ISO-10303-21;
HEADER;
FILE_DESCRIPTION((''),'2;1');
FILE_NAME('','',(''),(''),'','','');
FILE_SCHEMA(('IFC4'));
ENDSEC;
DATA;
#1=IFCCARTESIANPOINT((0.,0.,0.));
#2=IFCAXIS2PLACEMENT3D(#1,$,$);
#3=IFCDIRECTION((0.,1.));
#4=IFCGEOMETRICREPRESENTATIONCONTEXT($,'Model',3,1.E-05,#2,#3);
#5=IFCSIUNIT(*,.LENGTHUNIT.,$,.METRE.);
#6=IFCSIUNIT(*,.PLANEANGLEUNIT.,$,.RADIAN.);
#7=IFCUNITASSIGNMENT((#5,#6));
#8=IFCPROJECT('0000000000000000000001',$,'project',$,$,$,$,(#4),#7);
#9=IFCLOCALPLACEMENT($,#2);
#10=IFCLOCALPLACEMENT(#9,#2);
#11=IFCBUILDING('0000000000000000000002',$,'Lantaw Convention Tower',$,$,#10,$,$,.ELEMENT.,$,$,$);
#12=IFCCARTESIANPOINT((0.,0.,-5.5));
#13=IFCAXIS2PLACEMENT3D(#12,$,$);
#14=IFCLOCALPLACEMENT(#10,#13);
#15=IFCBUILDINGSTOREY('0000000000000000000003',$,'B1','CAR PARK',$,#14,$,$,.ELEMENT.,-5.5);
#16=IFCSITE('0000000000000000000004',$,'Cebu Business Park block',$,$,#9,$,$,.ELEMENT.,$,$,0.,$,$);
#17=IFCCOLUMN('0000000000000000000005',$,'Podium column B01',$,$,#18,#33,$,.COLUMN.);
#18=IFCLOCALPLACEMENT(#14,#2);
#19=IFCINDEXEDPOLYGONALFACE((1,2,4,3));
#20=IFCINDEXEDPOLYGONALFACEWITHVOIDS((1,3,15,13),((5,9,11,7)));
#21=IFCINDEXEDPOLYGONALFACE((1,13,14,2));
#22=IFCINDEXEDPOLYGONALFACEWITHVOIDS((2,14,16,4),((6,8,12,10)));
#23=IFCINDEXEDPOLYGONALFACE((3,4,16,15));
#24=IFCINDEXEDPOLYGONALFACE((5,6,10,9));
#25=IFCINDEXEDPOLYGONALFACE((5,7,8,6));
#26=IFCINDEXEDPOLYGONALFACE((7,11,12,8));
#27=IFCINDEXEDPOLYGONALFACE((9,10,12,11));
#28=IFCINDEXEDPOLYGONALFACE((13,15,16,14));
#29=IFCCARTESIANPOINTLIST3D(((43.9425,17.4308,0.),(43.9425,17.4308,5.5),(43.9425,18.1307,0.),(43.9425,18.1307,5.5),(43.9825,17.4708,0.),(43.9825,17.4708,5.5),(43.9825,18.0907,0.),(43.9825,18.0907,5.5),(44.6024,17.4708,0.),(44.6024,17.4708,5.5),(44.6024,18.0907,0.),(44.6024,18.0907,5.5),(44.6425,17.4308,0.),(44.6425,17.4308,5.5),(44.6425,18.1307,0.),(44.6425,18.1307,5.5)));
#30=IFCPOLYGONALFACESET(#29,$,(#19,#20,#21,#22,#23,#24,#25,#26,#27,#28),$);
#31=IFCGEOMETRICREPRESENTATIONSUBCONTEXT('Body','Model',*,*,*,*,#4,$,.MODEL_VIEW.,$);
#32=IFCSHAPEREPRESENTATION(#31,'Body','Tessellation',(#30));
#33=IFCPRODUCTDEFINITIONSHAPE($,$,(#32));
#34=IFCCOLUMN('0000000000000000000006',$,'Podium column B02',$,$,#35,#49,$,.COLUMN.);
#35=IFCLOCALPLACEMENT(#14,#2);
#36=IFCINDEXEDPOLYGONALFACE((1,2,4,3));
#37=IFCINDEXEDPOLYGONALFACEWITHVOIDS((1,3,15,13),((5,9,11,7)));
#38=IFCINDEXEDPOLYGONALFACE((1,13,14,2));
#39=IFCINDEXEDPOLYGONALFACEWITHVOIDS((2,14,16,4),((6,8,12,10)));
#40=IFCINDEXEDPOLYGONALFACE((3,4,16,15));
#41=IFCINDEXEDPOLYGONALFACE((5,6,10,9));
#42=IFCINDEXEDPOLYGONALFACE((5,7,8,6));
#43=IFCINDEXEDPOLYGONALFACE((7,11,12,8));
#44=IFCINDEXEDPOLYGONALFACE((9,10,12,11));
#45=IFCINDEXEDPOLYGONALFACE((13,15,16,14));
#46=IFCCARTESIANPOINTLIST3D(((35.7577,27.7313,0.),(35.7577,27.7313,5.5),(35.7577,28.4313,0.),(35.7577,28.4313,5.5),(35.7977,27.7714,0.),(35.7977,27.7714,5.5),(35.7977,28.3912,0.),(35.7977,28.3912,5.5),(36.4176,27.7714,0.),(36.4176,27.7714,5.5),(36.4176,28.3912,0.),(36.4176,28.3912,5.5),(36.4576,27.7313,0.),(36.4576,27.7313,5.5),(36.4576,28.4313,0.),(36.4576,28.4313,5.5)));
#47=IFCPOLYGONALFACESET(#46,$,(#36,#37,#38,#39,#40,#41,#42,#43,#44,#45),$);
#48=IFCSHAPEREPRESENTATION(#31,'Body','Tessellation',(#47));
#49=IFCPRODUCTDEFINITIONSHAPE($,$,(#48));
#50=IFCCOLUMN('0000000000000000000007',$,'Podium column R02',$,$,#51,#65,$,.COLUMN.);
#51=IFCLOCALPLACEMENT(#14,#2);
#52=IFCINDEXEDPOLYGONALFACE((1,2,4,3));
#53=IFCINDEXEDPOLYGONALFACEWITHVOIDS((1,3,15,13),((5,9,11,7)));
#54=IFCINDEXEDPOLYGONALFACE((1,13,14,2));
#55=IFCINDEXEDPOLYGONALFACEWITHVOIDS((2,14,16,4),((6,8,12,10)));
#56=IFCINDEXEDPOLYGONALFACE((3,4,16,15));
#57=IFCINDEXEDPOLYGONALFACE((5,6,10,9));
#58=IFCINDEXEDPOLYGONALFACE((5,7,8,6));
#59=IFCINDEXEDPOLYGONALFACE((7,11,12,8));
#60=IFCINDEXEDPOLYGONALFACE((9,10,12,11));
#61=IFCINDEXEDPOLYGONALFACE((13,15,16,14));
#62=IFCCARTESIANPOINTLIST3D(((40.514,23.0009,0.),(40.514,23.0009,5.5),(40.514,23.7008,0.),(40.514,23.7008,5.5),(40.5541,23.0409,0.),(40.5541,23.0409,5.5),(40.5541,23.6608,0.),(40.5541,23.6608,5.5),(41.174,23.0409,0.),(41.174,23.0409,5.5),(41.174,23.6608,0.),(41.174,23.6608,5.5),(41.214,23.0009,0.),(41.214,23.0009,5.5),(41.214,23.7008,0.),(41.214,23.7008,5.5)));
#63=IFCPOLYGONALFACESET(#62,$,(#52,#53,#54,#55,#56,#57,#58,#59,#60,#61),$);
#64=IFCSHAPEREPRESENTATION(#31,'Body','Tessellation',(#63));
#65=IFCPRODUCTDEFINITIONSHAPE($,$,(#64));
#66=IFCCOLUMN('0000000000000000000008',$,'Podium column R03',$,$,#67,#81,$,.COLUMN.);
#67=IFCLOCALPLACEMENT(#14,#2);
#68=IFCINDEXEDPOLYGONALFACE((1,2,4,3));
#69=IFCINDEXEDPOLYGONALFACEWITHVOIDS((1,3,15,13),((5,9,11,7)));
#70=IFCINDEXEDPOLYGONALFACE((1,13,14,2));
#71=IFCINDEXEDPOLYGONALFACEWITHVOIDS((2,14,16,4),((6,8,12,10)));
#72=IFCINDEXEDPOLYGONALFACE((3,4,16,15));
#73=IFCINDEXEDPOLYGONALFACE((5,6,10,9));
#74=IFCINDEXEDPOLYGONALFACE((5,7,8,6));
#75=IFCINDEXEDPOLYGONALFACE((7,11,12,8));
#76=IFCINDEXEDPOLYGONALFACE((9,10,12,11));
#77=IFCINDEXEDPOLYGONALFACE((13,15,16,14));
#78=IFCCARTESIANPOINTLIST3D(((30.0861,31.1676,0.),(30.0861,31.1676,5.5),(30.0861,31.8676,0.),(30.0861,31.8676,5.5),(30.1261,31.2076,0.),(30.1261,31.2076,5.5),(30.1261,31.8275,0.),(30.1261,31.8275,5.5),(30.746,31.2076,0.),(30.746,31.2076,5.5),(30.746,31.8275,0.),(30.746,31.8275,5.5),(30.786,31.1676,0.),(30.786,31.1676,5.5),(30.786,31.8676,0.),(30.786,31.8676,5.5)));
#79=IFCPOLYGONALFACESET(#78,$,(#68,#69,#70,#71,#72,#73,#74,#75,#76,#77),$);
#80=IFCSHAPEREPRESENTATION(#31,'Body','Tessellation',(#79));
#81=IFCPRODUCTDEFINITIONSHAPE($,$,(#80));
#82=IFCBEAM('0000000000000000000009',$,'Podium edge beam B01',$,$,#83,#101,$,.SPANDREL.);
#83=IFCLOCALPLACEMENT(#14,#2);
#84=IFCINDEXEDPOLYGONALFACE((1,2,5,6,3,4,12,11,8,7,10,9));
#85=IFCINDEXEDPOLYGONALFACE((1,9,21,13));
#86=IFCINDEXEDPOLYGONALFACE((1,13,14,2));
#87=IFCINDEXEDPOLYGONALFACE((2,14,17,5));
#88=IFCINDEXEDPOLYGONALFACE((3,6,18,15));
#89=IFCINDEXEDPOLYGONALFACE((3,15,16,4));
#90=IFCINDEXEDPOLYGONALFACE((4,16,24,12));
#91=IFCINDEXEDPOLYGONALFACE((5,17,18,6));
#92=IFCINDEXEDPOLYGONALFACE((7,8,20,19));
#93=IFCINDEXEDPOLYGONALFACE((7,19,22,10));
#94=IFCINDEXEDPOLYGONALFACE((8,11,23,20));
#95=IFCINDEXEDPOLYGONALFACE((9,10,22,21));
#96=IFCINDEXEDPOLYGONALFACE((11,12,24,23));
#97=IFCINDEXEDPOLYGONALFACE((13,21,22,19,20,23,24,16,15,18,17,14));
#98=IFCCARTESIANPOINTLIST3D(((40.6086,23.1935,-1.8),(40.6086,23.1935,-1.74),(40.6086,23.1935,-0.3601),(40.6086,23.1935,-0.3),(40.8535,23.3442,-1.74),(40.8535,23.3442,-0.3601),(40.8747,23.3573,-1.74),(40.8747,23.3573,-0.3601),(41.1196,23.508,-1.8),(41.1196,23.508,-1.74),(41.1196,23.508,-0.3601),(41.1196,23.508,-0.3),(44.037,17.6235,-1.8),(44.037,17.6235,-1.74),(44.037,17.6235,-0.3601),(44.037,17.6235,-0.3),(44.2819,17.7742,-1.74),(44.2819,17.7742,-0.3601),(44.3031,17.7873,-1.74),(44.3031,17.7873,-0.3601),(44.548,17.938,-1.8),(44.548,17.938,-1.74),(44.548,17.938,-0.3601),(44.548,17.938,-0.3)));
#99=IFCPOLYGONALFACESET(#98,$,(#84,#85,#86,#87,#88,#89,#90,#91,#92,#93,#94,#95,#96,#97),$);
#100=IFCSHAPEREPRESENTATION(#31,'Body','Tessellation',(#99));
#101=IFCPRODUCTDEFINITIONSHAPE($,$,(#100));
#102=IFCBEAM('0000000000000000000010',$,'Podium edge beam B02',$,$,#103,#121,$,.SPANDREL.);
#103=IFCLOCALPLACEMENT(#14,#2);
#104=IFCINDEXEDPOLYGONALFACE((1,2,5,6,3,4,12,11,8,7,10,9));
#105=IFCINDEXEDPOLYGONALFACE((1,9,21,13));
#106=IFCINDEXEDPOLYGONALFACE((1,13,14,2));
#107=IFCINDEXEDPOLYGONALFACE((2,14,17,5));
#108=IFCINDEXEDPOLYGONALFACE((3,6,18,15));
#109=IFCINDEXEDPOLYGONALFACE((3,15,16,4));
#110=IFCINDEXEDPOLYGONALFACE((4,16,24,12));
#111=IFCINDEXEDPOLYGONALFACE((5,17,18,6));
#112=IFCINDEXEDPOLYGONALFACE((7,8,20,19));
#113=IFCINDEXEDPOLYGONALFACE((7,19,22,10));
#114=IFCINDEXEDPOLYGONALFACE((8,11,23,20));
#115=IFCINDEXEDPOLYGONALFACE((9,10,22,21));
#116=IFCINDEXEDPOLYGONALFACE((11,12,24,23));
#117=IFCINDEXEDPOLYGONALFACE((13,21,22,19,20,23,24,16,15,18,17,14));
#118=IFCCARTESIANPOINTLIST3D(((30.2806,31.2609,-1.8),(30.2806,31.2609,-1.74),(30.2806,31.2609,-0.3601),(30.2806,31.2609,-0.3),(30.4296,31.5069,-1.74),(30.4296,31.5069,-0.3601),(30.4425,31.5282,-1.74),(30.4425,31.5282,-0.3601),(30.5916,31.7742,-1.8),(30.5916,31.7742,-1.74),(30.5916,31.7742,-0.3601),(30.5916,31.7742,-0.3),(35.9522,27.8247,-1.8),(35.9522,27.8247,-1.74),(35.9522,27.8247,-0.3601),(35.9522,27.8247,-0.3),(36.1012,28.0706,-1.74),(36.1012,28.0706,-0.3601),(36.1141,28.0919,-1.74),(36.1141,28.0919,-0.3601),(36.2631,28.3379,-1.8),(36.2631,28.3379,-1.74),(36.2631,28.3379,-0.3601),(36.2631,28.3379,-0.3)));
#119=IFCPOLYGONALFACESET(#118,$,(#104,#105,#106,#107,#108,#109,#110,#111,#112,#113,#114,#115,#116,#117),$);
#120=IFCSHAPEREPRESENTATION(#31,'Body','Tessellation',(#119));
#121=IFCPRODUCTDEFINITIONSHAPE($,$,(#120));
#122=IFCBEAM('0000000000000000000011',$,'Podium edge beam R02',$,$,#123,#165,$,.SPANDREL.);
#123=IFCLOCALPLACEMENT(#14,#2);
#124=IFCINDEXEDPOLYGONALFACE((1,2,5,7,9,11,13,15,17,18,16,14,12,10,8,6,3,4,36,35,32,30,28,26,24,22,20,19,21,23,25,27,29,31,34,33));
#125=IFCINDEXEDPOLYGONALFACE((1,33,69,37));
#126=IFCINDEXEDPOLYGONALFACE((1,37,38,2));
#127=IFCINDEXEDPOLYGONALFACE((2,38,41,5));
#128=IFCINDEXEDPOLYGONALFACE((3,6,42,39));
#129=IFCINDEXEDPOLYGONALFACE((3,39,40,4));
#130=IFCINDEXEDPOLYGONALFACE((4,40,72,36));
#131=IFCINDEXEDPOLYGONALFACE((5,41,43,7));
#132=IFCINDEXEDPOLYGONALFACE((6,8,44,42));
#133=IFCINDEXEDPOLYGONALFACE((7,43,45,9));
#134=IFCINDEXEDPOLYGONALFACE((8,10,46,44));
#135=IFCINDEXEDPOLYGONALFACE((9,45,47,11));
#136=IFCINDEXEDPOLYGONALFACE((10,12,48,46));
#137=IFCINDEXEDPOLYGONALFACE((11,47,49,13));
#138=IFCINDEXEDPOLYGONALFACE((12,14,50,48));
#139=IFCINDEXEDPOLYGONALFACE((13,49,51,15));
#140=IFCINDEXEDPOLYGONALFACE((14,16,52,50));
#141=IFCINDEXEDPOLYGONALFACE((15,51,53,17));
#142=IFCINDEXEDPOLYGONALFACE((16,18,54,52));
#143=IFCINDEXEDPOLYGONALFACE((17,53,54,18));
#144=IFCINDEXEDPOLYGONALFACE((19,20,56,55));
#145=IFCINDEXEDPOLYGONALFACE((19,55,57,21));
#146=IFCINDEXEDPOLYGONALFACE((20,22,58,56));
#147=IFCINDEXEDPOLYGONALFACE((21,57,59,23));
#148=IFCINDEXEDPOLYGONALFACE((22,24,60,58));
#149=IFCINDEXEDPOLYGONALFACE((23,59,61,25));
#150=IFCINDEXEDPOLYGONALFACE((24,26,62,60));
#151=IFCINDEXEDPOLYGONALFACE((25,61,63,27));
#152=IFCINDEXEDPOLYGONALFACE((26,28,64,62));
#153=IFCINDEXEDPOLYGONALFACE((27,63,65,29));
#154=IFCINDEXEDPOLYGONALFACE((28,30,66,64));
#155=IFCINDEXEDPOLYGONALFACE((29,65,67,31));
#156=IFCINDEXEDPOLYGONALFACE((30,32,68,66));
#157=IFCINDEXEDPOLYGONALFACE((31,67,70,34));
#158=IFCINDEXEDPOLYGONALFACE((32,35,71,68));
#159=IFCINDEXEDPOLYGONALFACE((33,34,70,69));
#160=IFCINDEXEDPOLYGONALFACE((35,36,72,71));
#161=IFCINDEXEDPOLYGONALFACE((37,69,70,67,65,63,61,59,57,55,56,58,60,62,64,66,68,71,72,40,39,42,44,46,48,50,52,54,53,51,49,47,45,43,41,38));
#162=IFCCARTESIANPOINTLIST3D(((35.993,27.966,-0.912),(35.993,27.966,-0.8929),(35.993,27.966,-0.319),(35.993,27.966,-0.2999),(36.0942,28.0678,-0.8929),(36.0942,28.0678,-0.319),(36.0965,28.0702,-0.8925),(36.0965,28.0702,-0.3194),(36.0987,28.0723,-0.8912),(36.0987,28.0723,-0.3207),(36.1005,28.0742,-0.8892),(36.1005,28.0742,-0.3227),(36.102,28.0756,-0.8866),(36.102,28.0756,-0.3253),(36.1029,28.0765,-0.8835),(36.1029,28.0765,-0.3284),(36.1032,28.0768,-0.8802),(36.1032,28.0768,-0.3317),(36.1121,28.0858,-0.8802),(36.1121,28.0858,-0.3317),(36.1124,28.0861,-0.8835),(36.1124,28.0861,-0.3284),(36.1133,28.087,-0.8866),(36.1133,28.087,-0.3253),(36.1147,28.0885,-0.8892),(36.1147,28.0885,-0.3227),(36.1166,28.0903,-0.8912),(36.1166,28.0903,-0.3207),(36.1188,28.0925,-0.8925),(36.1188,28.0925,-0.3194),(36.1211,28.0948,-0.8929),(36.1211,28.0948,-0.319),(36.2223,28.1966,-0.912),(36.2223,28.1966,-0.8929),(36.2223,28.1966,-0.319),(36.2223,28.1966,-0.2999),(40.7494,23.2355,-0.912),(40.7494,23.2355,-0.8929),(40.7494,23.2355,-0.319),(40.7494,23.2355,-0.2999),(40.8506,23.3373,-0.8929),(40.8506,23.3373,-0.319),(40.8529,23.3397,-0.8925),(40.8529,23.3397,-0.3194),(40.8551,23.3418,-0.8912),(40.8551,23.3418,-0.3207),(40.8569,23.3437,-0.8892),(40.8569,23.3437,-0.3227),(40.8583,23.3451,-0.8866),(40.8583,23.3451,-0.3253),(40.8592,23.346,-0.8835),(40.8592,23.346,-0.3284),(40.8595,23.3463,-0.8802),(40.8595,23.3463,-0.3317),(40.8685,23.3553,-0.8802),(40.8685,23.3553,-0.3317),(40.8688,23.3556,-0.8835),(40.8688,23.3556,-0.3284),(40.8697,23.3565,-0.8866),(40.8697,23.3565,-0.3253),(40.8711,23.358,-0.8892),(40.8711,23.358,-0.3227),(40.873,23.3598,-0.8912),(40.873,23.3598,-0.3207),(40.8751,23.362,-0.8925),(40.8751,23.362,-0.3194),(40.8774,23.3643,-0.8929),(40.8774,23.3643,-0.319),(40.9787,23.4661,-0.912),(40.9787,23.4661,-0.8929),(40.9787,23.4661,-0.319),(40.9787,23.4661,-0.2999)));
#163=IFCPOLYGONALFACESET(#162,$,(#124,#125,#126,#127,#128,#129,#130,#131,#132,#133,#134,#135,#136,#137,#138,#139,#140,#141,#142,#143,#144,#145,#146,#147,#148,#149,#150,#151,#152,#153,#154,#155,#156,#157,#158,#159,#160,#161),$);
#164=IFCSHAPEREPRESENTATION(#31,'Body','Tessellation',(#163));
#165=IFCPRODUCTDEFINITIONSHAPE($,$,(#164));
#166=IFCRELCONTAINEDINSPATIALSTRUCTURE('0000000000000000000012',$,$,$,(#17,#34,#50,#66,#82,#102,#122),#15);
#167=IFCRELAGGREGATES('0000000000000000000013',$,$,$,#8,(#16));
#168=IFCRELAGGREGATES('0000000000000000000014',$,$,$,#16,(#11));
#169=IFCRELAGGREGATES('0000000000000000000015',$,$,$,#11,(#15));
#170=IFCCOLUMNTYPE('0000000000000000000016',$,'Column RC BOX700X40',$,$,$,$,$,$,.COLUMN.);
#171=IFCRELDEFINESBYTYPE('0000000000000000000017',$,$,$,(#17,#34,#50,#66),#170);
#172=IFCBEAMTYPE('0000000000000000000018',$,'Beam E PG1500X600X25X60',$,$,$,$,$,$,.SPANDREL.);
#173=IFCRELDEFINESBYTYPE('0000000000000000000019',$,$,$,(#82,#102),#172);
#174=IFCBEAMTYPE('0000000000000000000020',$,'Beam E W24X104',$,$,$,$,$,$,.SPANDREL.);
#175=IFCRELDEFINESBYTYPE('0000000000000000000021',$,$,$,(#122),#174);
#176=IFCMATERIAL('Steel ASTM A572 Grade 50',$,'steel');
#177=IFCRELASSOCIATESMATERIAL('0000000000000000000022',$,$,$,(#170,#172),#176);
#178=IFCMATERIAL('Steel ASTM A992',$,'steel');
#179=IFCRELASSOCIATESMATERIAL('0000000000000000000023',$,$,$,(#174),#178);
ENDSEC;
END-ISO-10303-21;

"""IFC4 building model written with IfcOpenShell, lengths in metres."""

from ifc_helpers import new_model, si_unit, direction, frame, origin, origin_2d, place, context, subcontext, project, spatial, hollow_rectangle, i_section, extrude, material, material_profile, profile_set, type_object, element, save


model = new_model("IFC4")

# Units and contexts
model_context = context("Model", 3, precision=1e-05, world=origin(), true_north=direction((0.0, 1.0)))
body_context = subcontext(model_context, "Body", "Model", "MODEL_VIEW")
ifc_project = project(units=[si_unit("LENGTHUNIT", "METRE"), si_unit("PLANEANGLEUNIT", "RADIAN")], contexts=[model_context])

# Site, building, storey
site_placement = place(None, origin())
site = spatial("IfcSite", under=ifc_project, at=site_placement, Name="Cebu Business Park block", CompositionType="ELEMENT", RefElevation=0.0)
building_placement = place(site_placement, origin())
building = spatial("IfcBuilding", under=site, at=building_placement, Name="Lantaw Convention Tower", CompositionType="ELEMENT")
storey_placement = place(building_placement, frame((0.0, 0.0, -5.5)))
storey = spatial("IfcBuildingStorey", under=building, at=storey_placement, Name="B1", Description="CAR PARK", CompositionType="ELEMENT", Elevation=-5.5)

# Columns
ifc_material_1 = material(Name="Steel ASTM A572 Grade 50", Category="steel")
ifc_material_profile_1 = material_profile(ifc_material_1, hollow_rectangle(XDim=0.7, YDim=0.7, WallThickness=0.04, at=origin_2d()), Name="BOX700X40")
ifc_profile_set_1 = profile_set([ifc_material_profile_1], Name="Steel ASTM A572 Grade 50")
column_type = type_object("IfcColumnType", Name="Column RC BOX700X40", PredefinedType="COLUMN", material=ifc_profile_set_1)
for number, where, z_axis, x_axis, name in (
    (1, (44.2925, 17.7808, 0.0), (0.0, 0.0, 1.0), (1.0, 0.0, 0.0), "Podium column B01"),
    (2, (36.1077, 28.0813, 0.0), (0.0, 0.0, 1.0), (1.0, 0.0, 0.0), "Podium column B02"),
    (3, (40.864, 23.3508, 0.0), (0.0, 0.0, 1.0), (1.0, 0.0, 0.0), "Podium column R02"),
    (4, (30.436, 31.5176, 0.0), (0.0, 0.0, 1.0), (1.0, 0.0, 0.0), "Podium column R03"),
):
    element("IfcColumn", number, at=place(storey_placement, frame(where, z_axis=z_axis, x_axis=x_axis)), inside=storey, type_object=column_type, Name=name, PredefinedType="COLUMN", context=body_context, shape_type="SweptSolid", body=[
        extrude(hollow_rectangle(XDim=0.7, YDim=0.7, WallThickness=0.04, at=origin_2d()), origin(), (0.0, 0.0, 1.0), 5.5),
    ])

# Beams
ifc_material_profile_2 = material_profile(ifc_material_1, i_section(OverallWidth=0.6001, OverallDepth=1.5, WebThickness=0.0249, FlangeThickness=0.0601, at=origin_2d()), Name="PG1500X600X25X60")
ifc_profile_set_2 = profile_set([ifc_material_profile_2], Name="Steel ASTM A572 Grade 50")
beam_type_1 = type_object("IfcBeamType", Name="Beam E PG1500X600X25X60", PredefinedType="SPANDREL", material=ifc_profile_set_2)
beam_1_placement = place(storey_placement, frame((44.2925, 17.7808, -1.05), z_axis=(-0.524179, 0.851608, 0.0), x_axis=(-0.851608, -0.524179, 0.0)))
element("IfcBeam", 5, at=beam_1_placement, inside=storey, type_object=beam_type_1, Name="Podium edge beam B01", PredefinedType="SPANDREL", context=body_context, shape_type="SweptSolid", body=[
    extrude(i_section(OverallWidth=0.6001, OverallDepth=1.5, WebThickness=0.0249, FlangeThickness=0.0601, at=origin_2d()), origin(), (0.0, 0.0, 1.0), 6.5405),
])
beam_2_placement = place(storey_placement, frame((36.1077, 28.0813, -1.05), z_axis=(-0.85527, 0.518183, 0.0), x_axis=(-0.518183, -0.85527, 0.0)))
element("IfcBeam", 6, at=beam_2_placement, inside=storey, type_object=beam_type_1, Name="Podium edge beam B02", PredefinedType="SPANDREL", context=body_context, shape_type="SweptSolid", body=[
    extrude(i_section(OverallWidth=0.6001, OverallDepth=1.5, WebThickness=0.0249, FlangeThickness=0.0601, at=origin_2d()), origin(), (0.0, 0.0, 1.0), 6.6313),
])
ifc_material_2 = material(Name="Steel ASTM A992", Category="steel")
ifc_material_profile_3 = material_profile(ifc_material_2, i_section(OverallWidth=0.3252, OverallDepth=0.6121, WebThickness=0.0127, FlangeThickness=0.019, FilletRadius=0.0127, at=origin_2d()), Name="W24X104")
ifc_profile_set_3 = profile_set([ifc_material_profile_3], Name="Steel ASTM A992")
beam_type_2 = type_object("IfcBeamType", Name="Beam E W24X104", PredefinedType="SPANDREL", material=ifc_profile_set_3)
beam_3_placement = place(storey_placement, frame((40.864, 23.3508, -0.606), z_axis=(-0.709033, 0.705175, 0.0), x_axis=(-0.705175, -0.709033, 0.0)))
element("IfcBeam", 7, at=beam_3_placement, inside=storey, type_object=beam_type_2, Name="Podium edge beam R02", PredefinedType="SPANDREL", context=body_context, shape_type="SweptSolid", body=[
    extrude(i_section(OverallWidth=0.3252, OverallDepth=0.6121, WebThickness=0.0127, FlangeThickness=0.019, FilletRadius=0.0127, at=origin_2d()), origin(), (0.0, 0.0, 1.0), 6.7083),
])

save(model, "model.ifc")
